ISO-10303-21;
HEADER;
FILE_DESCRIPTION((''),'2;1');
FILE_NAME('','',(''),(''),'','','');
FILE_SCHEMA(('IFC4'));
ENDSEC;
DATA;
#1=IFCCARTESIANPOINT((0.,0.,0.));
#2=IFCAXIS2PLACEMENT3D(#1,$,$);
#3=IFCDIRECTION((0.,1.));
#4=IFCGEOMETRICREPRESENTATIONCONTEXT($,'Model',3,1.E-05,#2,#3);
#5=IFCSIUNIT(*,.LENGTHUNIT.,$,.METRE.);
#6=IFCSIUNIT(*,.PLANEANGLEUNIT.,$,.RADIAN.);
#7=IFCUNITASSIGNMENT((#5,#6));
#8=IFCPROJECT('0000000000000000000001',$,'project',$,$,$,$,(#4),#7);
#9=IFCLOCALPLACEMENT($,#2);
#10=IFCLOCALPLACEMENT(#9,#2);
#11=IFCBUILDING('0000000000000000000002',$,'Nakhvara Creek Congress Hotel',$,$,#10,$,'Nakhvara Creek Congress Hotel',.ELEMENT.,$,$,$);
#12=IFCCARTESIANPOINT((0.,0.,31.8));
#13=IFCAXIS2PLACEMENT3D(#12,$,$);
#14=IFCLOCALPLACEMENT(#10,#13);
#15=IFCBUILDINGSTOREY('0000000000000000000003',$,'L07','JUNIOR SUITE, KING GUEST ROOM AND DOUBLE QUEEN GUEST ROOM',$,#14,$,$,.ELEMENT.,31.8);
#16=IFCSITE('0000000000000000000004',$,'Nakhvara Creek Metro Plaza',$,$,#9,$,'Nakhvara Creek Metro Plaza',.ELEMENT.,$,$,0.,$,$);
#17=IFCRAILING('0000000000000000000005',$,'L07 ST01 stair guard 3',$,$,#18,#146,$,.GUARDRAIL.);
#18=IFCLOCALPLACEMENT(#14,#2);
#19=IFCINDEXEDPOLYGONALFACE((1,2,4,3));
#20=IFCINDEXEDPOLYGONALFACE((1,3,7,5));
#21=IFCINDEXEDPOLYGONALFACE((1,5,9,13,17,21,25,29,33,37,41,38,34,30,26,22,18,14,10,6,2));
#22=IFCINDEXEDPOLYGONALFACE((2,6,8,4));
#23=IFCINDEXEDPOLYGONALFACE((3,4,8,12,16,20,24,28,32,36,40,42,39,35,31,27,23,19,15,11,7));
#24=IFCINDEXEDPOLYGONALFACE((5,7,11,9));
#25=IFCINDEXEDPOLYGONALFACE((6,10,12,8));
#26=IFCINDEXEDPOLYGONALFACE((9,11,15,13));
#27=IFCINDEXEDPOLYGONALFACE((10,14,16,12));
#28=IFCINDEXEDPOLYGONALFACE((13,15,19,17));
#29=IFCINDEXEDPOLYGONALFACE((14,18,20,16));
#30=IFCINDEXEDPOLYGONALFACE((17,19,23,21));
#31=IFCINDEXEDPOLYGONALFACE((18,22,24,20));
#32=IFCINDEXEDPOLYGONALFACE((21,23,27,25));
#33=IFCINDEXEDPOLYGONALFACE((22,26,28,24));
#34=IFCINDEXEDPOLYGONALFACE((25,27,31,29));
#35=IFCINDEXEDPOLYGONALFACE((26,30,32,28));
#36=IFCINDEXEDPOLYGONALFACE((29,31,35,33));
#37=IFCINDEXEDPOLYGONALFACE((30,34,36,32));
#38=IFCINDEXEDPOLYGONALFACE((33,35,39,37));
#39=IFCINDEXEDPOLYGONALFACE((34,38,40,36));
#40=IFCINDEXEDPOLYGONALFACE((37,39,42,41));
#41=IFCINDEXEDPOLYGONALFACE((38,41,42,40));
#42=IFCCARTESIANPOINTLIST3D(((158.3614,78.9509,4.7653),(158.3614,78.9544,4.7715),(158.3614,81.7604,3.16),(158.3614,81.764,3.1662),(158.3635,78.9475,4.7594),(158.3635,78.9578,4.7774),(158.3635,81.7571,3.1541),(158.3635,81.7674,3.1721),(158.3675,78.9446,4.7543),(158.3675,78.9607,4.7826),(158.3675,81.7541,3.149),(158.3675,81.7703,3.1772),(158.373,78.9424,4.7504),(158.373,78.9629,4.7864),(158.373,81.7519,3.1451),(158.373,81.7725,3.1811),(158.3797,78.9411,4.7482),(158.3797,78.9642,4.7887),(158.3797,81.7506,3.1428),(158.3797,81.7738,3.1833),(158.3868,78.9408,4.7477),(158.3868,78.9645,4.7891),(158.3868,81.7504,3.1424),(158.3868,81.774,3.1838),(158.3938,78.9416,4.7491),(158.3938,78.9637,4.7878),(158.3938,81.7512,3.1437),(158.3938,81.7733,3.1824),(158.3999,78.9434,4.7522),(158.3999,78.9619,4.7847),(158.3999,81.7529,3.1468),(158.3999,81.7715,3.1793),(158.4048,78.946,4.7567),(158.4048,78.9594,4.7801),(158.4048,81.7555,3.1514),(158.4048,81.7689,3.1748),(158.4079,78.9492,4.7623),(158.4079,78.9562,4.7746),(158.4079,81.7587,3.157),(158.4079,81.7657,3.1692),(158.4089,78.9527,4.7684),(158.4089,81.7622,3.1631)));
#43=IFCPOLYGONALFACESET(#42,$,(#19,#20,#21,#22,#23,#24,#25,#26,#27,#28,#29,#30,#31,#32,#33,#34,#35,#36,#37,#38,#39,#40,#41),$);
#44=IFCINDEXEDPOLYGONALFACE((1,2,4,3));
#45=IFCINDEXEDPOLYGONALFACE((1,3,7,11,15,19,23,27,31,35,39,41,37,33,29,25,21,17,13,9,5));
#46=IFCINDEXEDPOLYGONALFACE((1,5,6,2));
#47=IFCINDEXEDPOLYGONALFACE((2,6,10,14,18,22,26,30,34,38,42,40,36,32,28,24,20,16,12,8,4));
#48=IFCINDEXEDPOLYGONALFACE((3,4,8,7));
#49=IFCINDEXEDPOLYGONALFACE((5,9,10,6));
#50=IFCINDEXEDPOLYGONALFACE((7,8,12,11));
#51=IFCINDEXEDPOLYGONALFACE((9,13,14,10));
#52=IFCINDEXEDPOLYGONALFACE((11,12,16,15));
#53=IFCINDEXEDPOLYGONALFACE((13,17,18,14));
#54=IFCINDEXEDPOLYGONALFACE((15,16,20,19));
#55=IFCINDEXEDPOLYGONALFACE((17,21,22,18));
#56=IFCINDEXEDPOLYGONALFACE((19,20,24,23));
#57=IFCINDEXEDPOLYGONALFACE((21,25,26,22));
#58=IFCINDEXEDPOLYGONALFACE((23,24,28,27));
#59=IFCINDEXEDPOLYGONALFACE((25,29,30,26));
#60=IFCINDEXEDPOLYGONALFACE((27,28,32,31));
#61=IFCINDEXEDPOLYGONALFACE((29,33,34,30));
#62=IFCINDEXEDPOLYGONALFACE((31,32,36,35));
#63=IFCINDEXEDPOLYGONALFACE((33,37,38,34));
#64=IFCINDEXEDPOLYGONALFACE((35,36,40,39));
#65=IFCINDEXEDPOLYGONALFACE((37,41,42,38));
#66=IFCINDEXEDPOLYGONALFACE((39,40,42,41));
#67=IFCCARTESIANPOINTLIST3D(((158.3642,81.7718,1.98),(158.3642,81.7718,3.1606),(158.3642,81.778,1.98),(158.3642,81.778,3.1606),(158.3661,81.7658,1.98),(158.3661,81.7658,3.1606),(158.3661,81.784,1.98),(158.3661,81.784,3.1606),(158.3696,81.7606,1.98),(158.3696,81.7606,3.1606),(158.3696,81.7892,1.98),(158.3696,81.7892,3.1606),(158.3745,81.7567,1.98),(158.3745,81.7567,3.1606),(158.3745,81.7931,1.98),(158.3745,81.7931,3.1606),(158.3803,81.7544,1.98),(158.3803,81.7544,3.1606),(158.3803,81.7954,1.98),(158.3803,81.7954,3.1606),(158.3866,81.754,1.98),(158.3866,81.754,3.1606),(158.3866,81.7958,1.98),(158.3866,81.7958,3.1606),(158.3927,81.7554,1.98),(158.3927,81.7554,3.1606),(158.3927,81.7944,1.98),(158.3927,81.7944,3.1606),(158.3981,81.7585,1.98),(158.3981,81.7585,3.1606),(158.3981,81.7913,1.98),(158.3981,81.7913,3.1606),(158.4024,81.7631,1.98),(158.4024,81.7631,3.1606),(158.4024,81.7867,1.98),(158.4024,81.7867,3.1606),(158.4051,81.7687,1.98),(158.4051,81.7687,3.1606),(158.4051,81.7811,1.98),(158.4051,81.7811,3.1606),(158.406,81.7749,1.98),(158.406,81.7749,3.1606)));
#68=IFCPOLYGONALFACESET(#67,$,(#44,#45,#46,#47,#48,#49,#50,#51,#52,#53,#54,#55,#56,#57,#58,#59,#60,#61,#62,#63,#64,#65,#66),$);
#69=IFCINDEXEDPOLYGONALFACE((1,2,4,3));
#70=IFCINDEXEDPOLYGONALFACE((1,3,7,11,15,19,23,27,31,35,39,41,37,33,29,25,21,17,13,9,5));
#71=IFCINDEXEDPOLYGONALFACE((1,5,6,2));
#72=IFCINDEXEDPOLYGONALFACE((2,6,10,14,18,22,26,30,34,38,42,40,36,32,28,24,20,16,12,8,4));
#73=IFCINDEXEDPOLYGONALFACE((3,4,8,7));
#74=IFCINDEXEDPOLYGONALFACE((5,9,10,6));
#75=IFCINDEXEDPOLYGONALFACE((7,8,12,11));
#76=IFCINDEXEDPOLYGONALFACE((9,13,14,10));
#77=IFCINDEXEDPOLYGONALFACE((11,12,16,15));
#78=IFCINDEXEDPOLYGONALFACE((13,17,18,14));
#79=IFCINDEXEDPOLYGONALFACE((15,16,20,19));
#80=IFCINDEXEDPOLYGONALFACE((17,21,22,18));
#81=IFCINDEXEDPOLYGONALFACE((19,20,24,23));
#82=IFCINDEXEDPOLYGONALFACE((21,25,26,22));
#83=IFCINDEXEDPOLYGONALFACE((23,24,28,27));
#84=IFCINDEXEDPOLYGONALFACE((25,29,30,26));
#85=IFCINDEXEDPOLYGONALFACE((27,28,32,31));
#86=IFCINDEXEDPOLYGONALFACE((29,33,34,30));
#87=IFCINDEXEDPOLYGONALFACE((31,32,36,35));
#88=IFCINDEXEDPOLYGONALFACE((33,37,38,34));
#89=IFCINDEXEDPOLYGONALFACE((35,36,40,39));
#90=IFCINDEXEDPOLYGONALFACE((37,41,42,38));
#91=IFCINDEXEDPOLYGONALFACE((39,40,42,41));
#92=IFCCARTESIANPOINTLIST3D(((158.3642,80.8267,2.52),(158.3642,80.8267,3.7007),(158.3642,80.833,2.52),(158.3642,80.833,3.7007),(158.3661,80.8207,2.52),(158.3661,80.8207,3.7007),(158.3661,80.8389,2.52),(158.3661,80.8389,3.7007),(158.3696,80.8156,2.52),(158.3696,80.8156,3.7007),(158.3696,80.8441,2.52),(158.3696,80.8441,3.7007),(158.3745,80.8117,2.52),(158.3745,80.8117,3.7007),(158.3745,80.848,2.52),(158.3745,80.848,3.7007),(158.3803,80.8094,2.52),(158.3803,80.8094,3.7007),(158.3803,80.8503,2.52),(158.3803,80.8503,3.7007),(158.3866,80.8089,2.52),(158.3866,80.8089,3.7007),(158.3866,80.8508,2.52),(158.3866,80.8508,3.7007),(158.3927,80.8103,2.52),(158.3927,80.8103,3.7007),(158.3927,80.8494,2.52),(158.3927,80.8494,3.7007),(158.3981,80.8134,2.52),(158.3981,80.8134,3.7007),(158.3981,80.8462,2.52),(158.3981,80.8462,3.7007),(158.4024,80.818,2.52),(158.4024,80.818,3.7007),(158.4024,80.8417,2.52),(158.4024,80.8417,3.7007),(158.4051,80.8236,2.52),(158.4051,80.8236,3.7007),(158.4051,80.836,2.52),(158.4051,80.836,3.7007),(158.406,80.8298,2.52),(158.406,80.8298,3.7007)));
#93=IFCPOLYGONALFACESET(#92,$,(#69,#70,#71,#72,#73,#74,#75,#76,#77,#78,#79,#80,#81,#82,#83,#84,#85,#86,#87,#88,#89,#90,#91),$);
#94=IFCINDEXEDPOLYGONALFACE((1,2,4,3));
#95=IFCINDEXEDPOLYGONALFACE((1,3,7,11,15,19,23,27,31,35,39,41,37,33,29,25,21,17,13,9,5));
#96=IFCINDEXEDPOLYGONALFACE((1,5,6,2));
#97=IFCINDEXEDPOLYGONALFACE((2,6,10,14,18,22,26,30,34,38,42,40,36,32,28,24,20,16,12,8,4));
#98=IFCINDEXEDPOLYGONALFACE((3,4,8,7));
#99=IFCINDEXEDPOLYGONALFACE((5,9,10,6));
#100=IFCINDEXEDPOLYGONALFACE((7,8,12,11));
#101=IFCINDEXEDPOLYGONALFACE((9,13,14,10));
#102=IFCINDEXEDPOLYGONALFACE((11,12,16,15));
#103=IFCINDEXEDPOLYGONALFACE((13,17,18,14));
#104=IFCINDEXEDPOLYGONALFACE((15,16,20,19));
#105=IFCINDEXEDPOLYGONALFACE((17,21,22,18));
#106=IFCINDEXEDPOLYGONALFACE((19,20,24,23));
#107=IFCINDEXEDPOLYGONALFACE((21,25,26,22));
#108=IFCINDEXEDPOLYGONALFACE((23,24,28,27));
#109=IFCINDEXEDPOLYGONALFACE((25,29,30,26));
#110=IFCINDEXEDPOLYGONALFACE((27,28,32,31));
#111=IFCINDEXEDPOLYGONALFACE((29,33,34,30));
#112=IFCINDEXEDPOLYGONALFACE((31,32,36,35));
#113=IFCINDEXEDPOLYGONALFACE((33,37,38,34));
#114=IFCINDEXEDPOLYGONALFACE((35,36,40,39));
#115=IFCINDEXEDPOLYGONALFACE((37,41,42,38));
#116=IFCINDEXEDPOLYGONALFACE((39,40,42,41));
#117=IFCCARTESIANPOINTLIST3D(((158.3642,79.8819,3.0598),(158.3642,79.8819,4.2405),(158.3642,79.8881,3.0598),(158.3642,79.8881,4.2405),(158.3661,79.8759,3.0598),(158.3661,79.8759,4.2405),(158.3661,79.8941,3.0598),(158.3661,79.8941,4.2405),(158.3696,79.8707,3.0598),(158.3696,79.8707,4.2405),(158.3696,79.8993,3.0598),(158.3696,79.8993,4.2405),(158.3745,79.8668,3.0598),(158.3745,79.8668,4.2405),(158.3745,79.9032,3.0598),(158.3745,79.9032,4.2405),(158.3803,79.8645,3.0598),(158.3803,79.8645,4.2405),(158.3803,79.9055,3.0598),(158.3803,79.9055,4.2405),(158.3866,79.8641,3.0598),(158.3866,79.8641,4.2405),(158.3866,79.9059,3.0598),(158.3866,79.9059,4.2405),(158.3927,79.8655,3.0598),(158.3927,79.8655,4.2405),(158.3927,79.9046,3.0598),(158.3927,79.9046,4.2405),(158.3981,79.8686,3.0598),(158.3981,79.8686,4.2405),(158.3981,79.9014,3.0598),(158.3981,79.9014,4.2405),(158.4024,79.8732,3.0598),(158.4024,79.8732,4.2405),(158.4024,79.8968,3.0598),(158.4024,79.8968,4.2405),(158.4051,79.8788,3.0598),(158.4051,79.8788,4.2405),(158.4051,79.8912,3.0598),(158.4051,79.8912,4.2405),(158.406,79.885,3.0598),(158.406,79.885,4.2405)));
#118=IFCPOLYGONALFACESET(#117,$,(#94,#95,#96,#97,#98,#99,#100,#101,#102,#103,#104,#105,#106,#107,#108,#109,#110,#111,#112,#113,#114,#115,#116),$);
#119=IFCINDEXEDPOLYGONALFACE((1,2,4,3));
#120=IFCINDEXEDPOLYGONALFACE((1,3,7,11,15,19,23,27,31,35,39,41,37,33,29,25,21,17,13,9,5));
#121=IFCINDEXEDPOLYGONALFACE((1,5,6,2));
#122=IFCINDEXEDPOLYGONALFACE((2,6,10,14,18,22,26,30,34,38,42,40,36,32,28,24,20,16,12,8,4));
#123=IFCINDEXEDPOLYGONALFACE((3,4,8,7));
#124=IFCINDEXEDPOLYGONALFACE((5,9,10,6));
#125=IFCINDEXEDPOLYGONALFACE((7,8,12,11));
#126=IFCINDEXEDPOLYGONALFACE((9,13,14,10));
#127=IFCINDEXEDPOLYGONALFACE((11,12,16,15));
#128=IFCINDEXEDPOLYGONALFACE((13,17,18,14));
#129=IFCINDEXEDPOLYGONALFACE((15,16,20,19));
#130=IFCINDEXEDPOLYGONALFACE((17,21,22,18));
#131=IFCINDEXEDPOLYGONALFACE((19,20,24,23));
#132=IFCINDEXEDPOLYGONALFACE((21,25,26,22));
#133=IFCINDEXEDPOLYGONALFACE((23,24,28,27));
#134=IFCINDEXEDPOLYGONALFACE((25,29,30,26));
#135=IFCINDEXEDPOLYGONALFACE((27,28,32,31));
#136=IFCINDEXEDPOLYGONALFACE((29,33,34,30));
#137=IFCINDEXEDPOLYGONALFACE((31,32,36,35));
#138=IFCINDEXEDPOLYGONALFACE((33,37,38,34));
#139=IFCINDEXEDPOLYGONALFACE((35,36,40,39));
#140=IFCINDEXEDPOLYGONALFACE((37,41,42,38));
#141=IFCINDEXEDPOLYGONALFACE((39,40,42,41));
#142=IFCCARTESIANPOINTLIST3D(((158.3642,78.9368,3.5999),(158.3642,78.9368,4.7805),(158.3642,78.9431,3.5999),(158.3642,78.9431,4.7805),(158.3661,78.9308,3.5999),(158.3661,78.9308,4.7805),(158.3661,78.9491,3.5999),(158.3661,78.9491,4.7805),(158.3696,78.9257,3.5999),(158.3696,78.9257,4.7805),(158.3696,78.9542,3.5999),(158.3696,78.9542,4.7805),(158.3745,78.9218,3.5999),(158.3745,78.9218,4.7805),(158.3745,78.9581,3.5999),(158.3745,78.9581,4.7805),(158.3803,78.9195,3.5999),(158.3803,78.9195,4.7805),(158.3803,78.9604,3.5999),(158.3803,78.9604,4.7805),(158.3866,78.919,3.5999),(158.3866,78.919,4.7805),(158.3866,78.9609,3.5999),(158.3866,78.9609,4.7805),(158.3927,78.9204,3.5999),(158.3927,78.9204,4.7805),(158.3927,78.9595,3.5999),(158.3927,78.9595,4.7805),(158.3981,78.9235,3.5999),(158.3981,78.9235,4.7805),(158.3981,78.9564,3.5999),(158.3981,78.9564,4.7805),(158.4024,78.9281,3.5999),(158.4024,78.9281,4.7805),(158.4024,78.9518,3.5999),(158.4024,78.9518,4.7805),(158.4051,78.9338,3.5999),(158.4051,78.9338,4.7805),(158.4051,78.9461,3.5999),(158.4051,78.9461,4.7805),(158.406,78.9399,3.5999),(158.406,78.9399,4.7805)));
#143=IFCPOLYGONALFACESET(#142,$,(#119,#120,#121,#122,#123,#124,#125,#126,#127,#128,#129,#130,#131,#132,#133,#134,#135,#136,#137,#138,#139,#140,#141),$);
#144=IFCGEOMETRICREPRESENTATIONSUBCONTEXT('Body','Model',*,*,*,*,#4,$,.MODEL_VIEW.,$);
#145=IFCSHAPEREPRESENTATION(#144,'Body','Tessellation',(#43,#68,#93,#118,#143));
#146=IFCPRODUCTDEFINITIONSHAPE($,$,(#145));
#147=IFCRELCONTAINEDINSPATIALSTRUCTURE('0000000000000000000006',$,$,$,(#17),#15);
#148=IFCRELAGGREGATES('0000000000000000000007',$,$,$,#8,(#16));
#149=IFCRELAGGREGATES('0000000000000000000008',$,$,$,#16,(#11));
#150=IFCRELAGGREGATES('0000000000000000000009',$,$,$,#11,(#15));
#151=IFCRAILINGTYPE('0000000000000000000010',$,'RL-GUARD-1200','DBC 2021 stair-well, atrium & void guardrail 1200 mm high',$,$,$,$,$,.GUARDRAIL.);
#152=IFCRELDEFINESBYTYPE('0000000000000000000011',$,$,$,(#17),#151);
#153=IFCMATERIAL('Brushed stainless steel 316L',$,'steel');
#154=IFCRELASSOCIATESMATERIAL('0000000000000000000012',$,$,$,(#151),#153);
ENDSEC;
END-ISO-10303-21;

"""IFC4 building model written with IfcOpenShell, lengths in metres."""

from ifc_helpers import new_model, si_unit, direction, frame, origin, origin_2d, place, context, subcontext, project, spatial, circle, extrude, material, type_object, element, save


model = new_model("IFC4")

# Units and contexts
model_context = context("Model", 3, precision=1e-05, world=origin(), true_north=direction((0.0, 1.0)))
body_context = subcontext(model_context, "Body", "Model", "MODEL_VIEW")
ifc_project = project(units=[si_unit("LENGTHUNIT", "METRE"), si_unit("PLANEANGLEUNIT", "RADIAN")], contexts=[model_context])

# Site, building, storey
site_placement = place(None, origin())
site = spatial("IfcSite", under=ifc_project, at=site_placement, Name="Nakhvara Creek Metro Plaza", LongName="Nakhvara Creek Metro Plaza", CompositionType="ELEMENT", RefElevation=0.0)
building_placement = place(site_placement, origin())
building = spatial("IfcBuilding", under=site, at=building_placement, Name="Nakhvara Creek Congress Hotel", LongName="Nakhvara Creek Congress Hotel", CompositionType="ELEMENT")
storey_placement = place(building_placement, frame((0.0, 0.0, 31.8)))
storey = spatial("IfcBuildingStorey", under=building, at=storey_placement, Name="L07", Description="JUNIOR SUITE, KING GUEST ROOM AND DOUBLE QUEEN GUEST ROOM", CompositionType="ELEMENT", Elevation=31.8)

# Railing
ifc_material_1 = material(Name="Brushed stainless steel 316L", Category="steel")
railing_type_1 = type_object("IfcRailingType", Name="RL-GUARD-1200", Description="DBC 2021 stair-well, atrium & void guardrail 1200 mm high", PredefinedType="GUARDRAIL", material=ifc_material_1)
railing_1_placement = place(storey_placement, frame((158.385, 81.7749, 1.98)))
element("IfcRailing", 1, at=railing_1_placement, inside=storey, type_object=railing_type_1, Name="L07 ST01 stair guard 3", PredefinedType="GUARDRAIL", context=body_context, shape_type="SweptSolid", body=[
    extrude(circle(Radius=0.0239, at=origin_2d()), frame((0.0, -0.0127, 1.1831), z_axis=(0.0, -0.868257, 0.496115), x_axis=(1.0, 0.0, 0.0)), (0.0, 0.0, 1.0), 3.2358),
    extrude(circle(Radius=0.021, at=origin_2d()), origin(), (0.0, 0.0, 1.0), 1.1807),
    extrude(circle(Radius=0.021, at=origin_2d()), frame((0.0, -0.9451, 0.54)), (0.0, 0.0, 1.0), 1.1807),
    extrude(circle(Radius=0.021, at=origin_2d()), frame((0.0, -1.8899, 1.0798)), (0.0, 0.0, 1.0), 1.1807),
    extrude(circle(Radius=0.021, at=origin_2d()), frame((0.0, -2.835, 1.6199)), (0.0, 0.0, 1.0), 1.1807),
])

save(model, "model.ifc")
